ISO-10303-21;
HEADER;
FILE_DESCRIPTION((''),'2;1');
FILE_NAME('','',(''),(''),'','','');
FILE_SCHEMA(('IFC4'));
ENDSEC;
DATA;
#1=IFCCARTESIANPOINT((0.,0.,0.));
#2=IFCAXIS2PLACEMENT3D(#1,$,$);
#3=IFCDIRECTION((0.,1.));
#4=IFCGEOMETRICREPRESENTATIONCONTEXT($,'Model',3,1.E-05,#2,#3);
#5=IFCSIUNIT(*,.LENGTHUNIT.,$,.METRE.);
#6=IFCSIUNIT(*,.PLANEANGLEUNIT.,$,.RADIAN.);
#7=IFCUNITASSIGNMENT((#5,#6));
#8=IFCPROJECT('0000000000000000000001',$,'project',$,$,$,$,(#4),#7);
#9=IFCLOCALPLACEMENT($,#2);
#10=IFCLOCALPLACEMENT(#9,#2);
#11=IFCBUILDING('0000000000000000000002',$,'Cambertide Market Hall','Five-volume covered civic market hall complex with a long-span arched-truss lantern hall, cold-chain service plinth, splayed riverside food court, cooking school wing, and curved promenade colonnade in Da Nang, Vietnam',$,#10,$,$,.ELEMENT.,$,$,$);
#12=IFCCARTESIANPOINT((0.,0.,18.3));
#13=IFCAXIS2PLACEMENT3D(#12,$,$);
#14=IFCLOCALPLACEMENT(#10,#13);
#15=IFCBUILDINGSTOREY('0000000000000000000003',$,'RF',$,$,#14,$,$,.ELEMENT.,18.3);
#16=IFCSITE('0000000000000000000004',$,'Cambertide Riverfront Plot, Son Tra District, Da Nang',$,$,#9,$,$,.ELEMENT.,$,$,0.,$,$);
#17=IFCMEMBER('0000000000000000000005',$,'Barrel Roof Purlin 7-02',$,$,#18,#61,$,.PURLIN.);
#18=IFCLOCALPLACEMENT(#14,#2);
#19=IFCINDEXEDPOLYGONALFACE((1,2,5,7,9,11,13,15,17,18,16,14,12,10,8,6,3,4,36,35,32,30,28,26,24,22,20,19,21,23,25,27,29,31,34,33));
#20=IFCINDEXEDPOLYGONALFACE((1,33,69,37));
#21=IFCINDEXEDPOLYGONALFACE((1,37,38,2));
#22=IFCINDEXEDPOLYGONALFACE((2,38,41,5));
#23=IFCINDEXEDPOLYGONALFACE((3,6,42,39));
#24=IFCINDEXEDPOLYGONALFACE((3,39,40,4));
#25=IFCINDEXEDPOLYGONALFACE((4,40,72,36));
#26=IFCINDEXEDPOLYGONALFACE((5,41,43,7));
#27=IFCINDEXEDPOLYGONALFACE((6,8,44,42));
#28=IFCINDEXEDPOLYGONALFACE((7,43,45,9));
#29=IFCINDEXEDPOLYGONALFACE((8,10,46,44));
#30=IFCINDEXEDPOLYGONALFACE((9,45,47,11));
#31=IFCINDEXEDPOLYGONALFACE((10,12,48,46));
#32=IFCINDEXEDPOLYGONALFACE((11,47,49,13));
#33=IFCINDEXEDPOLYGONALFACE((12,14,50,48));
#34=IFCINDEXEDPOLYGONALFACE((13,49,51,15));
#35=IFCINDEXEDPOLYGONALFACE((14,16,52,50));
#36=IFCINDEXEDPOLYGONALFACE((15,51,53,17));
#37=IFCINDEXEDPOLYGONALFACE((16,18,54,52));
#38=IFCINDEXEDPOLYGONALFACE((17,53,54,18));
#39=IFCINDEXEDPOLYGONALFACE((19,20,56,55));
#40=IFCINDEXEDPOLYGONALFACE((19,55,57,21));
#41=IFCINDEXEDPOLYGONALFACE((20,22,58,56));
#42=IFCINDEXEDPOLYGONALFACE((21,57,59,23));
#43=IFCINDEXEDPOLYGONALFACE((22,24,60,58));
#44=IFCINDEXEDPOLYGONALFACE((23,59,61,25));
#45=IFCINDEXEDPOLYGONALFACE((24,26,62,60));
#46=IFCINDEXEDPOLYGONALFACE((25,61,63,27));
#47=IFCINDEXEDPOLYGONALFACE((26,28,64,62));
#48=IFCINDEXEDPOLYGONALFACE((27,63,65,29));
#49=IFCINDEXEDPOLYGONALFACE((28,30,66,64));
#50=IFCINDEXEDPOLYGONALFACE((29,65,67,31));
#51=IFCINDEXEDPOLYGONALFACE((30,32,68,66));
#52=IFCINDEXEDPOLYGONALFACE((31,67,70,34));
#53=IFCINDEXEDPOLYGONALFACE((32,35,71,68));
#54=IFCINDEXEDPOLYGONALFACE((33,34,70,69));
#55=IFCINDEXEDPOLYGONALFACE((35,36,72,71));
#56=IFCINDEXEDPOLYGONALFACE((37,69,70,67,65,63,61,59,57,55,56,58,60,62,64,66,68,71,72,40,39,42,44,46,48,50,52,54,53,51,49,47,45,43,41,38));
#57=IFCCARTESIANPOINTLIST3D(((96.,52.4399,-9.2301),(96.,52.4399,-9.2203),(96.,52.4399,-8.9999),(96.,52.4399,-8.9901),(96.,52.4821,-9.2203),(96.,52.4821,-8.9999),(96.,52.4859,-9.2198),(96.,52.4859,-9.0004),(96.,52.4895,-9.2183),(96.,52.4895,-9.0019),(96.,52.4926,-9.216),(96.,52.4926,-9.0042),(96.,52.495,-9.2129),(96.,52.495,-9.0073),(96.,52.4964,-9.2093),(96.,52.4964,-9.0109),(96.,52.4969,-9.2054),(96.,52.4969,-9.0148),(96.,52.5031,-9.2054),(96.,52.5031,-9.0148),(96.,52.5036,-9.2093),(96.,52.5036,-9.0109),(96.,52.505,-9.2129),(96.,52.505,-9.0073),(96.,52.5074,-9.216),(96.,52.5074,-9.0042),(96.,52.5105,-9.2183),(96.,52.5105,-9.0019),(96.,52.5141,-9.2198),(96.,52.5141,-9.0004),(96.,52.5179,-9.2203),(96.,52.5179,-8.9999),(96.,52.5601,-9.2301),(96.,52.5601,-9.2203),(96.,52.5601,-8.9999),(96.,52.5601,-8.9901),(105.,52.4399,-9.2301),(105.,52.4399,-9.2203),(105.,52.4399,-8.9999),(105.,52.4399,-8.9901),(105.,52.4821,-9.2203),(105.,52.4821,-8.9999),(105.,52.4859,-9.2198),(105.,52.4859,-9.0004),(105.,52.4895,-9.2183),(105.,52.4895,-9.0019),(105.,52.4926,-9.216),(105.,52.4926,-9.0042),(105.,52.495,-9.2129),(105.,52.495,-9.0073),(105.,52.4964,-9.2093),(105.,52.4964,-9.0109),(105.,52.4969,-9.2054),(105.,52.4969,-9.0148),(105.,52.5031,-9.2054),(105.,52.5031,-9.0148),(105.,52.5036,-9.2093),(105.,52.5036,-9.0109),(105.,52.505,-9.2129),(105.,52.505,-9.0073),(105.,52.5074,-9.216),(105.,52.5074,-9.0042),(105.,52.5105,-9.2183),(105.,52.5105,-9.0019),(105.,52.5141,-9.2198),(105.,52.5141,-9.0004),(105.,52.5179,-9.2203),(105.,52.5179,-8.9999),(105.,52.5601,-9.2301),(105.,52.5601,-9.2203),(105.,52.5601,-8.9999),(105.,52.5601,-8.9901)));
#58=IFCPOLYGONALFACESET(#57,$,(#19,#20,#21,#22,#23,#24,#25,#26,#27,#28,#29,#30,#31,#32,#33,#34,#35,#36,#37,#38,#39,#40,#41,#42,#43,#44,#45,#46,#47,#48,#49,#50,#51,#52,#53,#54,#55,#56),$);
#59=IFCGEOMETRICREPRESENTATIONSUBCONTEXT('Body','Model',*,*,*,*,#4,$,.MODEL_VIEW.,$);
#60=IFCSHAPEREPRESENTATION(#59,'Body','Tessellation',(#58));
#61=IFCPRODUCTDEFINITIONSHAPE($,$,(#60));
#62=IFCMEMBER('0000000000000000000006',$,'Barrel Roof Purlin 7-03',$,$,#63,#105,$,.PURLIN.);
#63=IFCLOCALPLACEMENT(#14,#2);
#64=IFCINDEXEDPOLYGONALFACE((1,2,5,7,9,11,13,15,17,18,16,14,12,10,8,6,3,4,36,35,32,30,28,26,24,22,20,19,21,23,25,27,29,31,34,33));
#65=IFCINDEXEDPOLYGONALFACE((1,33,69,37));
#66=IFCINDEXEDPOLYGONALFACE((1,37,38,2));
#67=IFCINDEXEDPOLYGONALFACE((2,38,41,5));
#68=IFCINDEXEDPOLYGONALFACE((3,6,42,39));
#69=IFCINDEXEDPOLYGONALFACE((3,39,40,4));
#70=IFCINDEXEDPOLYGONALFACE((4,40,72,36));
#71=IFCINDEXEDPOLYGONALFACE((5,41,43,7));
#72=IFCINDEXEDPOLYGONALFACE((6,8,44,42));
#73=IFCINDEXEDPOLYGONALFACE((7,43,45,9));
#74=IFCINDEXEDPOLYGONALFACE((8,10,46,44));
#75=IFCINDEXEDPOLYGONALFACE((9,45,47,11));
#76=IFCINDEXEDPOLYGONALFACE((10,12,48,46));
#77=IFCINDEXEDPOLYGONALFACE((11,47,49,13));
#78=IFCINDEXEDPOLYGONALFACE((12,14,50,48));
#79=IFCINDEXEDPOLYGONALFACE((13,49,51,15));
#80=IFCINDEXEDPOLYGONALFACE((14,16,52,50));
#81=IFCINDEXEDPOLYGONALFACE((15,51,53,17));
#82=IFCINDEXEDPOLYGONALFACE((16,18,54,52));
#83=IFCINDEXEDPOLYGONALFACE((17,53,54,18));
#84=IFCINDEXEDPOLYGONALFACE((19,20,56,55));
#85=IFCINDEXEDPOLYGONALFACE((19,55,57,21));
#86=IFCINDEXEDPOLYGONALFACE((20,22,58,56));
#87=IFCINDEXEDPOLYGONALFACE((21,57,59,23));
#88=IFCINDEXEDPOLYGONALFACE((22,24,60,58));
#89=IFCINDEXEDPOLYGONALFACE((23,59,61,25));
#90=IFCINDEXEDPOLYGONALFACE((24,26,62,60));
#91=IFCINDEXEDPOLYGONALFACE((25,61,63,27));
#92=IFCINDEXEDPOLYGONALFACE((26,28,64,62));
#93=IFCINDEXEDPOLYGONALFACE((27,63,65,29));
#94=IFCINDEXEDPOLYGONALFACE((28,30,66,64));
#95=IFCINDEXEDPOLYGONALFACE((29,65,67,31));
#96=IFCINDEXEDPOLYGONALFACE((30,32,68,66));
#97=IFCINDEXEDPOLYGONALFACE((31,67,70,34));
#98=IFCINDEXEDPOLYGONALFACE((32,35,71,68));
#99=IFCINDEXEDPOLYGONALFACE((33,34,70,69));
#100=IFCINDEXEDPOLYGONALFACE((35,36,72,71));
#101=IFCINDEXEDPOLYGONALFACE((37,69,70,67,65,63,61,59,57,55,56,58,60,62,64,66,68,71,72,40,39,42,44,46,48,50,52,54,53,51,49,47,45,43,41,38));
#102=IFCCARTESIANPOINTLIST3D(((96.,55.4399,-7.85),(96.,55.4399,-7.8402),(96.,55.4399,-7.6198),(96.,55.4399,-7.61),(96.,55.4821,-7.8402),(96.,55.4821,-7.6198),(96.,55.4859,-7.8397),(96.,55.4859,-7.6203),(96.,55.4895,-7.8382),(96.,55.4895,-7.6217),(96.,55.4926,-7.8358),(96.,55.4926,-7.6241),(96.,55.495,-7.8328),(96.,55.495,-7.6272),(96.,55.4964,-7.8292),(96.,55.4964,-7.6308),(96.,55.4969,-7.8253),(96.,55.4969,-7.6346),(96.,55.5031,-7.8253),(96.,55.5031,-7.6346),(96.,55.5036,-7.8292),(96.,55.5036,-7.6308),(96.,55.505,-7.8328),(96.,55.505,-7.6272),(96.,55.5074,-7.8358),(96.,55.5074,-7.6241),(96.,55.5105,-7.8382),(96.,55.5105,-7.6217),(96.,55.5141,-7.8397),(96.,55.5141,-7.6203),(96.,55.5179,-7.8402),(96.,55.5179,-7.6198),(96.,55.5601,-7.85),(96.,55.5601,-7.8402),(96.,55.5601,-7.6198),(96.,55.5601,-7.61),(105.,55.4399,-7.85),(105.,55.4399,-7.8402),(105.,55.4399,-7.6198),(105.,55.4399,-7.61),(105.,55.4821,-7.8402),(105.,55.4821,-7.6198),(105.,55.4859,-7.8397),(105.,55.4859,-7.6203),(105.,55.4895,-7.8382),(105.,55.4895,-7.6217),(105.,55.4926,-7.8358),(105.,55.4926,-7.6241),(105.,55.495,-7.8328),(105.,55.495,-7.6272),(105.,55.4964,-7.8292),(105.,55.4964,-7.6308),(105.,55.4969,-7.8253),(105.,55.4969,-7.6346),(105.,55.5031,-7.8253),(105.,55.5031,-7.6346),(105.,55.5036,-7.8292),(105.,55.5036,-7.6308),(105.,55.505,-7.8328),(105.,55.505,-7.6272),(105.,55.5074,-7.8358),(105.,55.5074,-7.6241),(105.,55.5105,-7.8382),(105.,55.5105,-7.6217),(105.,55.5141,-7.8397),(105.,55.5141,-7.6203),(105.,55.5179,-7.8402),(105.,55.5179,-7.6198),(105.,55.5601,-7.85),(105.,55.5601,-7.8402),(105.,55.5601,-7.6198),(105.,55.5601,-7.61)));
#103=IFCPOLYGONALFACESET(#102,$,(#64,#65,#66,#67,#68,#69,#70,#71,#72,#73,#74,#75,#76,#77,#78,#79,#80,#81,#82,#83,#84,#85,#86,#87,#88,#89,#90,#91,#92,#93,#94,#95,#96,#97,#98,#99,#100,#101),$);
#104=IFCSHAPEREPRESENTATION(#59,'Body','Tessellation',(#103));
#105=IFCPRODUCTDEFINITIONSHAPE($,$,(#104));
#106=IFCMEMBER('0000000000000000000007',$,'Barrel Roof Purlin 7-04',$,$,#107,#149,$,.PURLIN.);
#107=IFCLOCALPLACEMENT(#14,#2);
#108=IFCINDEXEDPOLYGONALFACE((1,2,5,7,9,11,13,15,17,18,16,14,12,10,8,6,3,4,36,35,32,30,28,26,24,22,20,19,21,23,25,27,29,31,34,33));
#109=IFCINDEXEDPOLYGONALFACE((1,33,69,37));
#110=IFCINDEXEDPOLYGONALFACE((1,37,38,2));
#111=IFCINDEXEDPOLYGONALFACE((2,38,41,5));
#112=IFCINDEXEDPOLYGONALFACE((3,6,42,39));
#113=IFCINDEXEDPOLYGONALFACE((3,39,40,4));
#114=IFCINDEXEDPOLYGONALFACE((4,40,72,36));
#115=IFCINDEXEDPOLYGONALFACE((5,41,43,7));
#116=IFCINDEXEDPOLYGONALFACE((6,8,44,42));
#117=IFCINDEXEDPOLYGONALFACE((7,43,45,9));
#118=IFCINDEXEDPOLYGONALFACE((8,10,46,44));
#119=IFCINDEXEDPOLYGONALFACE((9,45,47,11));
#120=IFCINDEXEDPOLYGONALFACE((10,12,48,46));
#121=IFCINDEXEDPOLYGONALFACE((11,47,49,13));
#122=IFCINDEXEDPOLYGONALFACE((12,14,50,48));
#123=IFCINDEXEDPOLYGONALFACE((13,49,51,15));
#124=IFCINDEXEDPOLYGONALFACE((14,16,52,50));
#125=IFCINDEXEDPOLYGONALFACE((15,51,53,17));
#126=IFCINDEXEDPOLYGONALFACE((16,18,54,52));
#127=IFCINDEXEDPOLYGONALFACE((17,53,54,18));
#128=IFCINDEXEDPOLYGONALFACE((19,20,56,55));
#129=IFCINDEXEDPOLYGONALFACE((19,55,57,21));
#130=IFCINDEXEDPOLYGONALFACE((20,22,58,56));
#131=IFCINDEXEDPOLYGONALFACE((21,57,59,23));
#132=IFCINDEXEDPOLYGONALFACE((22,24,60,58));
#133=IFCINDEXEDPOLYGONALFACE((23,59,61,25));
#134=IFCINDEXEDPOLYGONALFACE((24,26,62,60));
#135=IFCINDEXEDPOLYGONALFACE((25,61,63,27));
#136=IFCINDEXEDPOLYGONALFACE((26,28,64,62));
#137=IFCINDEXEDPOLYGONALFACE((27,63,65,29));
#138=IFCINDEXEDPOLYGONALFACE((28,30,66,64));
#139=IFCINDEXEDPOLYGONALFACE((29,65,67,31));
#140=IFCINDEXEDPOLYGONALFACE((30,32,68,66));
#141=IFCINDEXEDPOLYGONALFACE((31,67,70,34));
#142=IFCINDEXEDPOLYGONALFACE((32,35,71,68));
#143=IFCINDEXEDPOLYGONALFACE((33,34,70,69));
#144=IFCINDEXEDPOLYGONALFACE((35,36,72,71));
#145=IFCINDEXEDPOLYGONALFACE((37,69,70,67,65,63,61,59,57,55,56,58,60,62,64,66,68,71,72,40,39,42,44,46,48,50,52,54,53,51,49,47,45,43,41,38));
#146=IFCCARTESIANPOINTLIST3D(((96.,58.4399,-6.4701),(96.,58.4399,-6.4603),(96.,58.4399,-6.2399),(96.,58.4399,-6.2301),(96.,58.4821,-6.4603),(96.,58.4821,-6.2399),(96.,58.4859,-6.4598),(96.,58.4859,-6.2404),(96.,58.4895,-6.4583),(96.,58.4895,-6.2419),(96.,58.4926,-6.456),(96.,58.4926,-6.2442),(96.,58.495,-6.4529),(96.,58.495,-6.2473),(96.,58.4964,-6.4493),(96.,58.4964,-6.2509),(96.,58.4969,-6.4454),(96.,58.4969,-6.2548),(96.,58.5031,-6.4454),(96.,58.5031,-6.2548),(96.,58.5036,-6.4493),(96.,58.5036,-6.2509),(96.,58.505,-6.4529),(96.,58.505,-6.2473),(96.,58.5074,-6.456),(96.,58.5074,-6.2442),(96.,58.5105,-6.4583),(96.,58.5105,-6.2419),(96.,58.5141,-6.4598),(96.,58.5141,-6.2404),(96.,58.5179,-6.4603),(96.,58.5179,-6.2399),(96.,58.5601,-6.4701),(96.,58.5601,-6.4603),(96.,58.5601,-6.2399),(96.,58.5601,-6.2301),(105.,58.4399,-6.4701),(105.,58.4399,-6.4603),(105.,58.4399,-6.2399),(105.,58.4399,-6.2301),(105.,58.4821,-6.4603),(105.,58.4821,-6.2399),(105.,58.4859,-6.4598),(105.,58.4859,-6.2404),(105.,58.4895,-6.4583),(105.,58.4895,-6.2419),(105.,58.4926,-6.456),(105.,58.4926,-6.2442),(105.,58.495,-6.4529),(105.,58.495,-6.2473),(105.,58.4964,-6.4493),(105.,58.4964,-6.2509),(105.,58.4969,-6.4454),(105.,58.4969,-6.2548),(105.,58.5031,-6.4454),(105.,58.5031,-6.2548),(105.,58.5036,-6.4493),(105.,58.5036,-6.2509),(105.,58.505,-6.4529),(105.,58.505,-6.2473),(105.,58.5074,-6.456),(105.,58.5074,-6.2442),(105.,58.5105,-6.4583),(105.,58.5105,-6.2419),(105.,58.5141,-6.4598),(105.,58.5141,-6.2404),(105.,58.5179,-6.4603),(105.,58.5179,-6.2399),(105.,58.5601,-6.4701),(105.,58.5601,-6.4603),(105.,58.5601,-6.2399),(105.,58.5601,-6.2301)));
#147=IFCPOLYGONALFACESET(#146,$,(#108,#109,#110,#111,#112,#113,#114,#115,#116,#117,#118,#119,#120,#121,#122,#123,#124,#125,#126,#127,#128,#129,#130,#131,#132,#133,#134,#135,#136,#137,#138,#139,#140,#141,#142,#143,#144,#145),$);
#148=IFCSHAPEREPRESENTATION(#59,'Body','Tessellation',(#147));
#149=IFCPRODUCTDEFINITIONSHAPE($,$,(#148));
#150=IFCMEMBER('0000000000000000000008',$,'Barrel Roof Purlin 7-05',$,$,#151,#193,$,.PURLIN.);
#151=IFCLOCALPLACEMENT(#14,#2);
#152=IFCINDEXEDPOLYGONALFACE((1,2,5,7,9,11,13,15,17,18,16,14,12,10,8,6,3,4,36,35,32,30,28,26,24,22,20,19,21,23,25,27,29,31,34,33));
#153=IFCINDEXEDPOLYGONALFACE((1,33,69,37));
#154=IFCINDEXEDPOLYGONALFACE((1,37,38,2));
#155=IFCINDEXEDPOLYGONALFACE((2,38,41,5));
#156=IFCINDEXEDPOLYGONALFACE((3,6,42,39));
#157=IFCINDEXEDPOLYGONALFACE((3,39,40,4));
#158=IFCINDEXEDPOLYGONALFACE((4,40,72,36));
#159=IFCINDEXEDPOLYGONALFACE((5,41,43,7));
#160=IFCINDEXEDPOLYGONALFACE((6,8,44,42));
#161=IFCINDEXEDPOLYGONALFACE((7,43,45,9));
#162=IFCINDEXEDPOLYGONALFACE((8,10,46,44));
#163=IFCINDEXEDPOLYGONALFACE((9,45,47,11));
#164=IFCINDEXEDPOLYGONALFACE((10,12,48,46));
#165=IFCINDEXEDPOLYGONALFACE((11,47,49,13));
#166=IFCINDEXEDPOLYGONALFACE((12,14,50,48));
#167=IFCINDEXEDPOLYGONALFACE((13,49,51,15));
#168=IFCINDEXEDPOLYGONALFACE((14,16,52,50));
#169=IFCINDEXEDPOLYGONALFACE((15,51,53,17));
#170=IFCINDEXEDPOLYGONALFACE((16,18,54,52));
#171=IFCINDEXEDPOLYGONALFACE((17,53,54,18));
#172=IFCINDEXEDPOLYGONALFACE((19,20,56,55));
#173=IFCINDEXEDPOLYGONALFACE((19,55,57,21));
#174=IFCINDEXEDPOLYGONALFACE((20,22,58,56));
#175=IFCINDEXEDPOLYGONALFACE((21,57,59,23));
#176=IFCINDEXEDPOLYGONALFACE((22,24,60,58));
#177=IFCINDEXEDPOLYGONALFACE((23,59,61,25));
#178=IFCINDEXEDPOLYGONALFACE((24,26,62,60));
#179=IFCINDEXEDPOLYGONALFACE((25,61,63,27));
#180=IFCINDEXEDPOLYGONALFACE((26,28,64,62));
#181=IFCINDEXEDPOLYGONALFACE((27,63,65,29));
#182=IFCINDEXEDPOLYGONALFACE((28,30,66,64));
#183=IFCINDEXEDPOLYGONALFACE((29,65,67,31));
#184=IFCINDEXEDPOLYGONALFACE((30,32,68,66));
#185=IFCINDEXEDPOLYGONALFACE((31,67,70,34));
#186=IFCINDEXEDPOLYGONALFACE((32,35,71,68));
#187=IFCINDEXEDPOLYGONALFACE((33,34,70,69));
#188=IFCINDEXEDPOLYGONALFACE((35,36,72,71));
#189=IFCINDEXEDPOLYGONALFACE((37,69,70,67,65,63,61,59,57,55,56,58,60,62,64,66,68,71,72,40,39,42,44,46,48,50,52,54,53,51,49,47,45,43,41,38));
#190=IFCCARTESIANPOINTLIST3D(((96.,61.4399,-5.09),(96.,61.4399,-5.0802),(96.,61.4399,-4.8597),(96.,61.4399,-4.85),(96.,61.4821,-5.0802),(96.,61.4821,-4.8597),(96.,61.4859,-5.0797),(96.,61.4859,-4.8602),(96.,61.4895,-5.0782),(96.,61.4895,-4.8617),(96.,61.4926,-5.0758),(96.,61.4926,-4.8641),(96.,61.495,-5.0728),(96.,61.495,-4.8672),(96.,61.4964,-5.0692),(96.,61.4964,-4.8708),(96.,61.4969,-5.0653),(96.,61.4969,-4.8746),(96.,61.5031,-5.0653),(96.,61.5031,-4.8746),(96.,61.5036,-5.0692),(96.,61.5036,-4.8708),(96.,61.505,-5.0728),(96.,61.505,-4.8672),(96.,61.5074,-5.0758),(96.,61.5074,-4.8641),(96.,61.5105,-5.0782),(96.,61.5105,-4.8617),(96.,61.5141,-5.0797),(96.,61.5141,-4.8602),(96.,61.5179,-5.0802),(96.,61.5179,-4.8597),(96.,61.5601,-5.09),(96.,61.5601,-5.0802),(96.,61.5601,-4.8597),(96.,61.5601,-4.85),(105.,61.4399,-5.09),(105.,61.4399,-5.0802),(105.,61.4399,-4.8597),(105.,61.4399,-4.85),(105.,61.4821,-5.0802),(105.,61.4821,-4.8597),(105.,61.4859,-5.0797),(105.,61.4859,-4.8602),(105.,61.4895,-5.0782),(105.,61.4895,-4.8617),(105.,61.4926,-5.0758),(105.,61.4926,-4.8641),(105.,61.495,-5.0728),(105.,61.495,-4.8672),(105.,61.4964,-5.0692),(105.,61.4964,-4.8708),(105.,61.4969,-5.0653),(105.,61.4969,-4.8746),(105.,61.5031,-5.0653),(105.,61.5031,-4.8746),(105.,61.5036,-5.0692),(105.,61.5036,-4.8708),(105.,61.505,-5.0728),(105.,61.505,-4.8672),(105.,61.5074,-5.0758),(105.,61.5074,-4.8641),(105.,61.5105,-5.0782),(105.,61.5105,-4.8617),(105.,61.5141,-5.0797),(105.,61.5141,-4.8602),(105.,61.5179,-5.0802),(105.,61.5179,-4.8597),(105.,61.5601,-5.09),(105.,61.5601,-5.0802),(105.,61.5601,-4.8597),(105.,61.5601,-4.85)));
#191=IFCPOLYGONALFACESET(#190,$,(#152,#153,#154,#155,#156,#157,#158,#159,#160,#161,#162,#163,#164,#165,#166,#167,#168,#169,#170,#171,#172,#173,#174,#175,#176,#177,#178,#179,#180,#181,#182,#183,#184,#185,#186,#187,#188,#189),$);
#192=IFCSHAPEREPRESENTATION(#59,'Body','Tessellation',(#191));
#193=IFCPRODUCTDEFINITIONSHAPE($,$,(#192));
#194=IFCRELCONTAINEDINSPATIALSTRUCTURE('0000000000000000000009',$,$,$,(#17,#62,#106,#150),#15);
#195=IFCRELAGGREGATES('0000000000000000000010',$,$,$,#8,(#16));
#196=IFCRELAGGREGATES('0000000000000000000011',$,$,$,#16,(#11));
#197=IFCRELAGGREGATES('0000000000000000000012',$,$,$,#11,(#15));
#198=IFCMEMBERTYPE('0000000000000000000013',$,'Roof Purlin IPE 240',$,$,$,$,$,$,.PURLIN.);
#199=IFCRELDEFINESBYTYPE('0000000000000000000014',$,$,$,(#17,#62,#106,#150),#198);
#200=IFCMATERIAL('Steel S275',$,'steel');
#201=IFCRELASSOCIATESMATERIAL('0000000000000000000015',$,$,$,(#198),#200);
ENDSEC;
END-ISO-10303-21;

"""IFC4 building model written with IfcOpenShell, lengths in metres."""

from ifc_helpers import new_model, si_unit, direction, frame, origin, origin_2d, place, context, subcontext, project, spatial, i_section, extrude, material, material_profile, profile_set, type_object, element, save


model = new_model("IFC4")

# Units and contexts
model_context = context("Model", 3, precision=1e-05, world=origin(), true_north=direction((0.0, 1.0)))
body_context = subcontext(model_context, "Body", "Model", "MODEL_VIEW")
ifc_project = project(units=[si_unit("LENGTHUNIT", "METRE"), si_unit("PLANEANGLEUNIT", "RADIAN")], contexts=[model_context])

# Site, building, storey
site_placement = place(None, origin())
site = spatial("IfcSite", under=ifc_project, at=site_placement, Name="Cambertide Riverfront Plot, Son Tra District, Da Nang", CompositionType="ELEMENT", RefElevation=0.0)
building_placement = place(site_placement, origin())
building = spatial("IfcBuilding", under=site, at=building_placement, Name="Cambertide Market Hall", Description="Five-volume covered civic market hall complex with a long-span arched-truss lantern hall, cold-chain service plinth, splayed riverside food court, cooking school wing, and curved promenade colonnade in Da Nang, Vietnam", CompositionType="ELEMENT")
storey_placement = place(building_placement, frame((0.0, 0.0, 18.3)))
storey = spatial("IfcBuildingStorey", under=building, at=storey_placement, Name="RF", CompositionType="ELEMENT", Elevation=18.3)

# Members
ifc_material_1 = material(Name="Steel S275", Category="steel")
ifc_material_profile_1 = material_profile(ifc_material_1, i_section(OverallWidth=0.1201, OverallDepth=0.24, WebThickness=0.0061, FlangeThickness=0.0098, FilletRadius=0.0149, at=origin_2d()), Name="IPE 240")
ifc_profile_set_1 = profile_set([ifc_material_profile_1], Name="Steel S275")
member_type_1 = type_object("IfcMemberType", Name="Roof Purlin IPE 240", PredefinedType="PURLIN", material=ifc_profile_set_1)
for number, where, z_axis, x_axis, name in (
    (1, (96.0, 52.5, -9.1101), (1.0, 0.0, 0.0), (0.0, 1.0, 0.0), "Barrel Roof Purlin 7-02"),
    (2, (96.0, 55.5, -7.73), (1.0, 0.0, 0.0), (0.0, 1.0, 0.0), "Barrel Roof Purlin 7-03"),
    (3, (96.0, 58.5, -6.3501), (1.0, 0.0, 0.0), (0.0, 1.0, 0.0), "Barrel Roof Purlin 7-04"),
    (4, (96.0, 61.5, -4.97), (1.0, 0.0, 0.0), (0.0, 1.0, 0.0), "Barrel Roof Purlin 7-05"),
):
    element("IfcMember", number, at=place(storey_placement, frame(where, z_axis=z_axis, x_axis=x_axis)), inside=storey, type_object=member_type_1, Name=name, PredefinedType="PURLIN", context=body_context, shape_type="SweptSolid", body=[
        extrude(i_section(OverallWidth=0.1201, OverallDepth=0.24, WebThickness=0.0061, FlangeThickness=0.0098, FilletRadius=0.0149, at=origin_2d()), origin(), (0.0, 0.0, 1.0), 9.0),
    ])

save(model, "model.ifc")
